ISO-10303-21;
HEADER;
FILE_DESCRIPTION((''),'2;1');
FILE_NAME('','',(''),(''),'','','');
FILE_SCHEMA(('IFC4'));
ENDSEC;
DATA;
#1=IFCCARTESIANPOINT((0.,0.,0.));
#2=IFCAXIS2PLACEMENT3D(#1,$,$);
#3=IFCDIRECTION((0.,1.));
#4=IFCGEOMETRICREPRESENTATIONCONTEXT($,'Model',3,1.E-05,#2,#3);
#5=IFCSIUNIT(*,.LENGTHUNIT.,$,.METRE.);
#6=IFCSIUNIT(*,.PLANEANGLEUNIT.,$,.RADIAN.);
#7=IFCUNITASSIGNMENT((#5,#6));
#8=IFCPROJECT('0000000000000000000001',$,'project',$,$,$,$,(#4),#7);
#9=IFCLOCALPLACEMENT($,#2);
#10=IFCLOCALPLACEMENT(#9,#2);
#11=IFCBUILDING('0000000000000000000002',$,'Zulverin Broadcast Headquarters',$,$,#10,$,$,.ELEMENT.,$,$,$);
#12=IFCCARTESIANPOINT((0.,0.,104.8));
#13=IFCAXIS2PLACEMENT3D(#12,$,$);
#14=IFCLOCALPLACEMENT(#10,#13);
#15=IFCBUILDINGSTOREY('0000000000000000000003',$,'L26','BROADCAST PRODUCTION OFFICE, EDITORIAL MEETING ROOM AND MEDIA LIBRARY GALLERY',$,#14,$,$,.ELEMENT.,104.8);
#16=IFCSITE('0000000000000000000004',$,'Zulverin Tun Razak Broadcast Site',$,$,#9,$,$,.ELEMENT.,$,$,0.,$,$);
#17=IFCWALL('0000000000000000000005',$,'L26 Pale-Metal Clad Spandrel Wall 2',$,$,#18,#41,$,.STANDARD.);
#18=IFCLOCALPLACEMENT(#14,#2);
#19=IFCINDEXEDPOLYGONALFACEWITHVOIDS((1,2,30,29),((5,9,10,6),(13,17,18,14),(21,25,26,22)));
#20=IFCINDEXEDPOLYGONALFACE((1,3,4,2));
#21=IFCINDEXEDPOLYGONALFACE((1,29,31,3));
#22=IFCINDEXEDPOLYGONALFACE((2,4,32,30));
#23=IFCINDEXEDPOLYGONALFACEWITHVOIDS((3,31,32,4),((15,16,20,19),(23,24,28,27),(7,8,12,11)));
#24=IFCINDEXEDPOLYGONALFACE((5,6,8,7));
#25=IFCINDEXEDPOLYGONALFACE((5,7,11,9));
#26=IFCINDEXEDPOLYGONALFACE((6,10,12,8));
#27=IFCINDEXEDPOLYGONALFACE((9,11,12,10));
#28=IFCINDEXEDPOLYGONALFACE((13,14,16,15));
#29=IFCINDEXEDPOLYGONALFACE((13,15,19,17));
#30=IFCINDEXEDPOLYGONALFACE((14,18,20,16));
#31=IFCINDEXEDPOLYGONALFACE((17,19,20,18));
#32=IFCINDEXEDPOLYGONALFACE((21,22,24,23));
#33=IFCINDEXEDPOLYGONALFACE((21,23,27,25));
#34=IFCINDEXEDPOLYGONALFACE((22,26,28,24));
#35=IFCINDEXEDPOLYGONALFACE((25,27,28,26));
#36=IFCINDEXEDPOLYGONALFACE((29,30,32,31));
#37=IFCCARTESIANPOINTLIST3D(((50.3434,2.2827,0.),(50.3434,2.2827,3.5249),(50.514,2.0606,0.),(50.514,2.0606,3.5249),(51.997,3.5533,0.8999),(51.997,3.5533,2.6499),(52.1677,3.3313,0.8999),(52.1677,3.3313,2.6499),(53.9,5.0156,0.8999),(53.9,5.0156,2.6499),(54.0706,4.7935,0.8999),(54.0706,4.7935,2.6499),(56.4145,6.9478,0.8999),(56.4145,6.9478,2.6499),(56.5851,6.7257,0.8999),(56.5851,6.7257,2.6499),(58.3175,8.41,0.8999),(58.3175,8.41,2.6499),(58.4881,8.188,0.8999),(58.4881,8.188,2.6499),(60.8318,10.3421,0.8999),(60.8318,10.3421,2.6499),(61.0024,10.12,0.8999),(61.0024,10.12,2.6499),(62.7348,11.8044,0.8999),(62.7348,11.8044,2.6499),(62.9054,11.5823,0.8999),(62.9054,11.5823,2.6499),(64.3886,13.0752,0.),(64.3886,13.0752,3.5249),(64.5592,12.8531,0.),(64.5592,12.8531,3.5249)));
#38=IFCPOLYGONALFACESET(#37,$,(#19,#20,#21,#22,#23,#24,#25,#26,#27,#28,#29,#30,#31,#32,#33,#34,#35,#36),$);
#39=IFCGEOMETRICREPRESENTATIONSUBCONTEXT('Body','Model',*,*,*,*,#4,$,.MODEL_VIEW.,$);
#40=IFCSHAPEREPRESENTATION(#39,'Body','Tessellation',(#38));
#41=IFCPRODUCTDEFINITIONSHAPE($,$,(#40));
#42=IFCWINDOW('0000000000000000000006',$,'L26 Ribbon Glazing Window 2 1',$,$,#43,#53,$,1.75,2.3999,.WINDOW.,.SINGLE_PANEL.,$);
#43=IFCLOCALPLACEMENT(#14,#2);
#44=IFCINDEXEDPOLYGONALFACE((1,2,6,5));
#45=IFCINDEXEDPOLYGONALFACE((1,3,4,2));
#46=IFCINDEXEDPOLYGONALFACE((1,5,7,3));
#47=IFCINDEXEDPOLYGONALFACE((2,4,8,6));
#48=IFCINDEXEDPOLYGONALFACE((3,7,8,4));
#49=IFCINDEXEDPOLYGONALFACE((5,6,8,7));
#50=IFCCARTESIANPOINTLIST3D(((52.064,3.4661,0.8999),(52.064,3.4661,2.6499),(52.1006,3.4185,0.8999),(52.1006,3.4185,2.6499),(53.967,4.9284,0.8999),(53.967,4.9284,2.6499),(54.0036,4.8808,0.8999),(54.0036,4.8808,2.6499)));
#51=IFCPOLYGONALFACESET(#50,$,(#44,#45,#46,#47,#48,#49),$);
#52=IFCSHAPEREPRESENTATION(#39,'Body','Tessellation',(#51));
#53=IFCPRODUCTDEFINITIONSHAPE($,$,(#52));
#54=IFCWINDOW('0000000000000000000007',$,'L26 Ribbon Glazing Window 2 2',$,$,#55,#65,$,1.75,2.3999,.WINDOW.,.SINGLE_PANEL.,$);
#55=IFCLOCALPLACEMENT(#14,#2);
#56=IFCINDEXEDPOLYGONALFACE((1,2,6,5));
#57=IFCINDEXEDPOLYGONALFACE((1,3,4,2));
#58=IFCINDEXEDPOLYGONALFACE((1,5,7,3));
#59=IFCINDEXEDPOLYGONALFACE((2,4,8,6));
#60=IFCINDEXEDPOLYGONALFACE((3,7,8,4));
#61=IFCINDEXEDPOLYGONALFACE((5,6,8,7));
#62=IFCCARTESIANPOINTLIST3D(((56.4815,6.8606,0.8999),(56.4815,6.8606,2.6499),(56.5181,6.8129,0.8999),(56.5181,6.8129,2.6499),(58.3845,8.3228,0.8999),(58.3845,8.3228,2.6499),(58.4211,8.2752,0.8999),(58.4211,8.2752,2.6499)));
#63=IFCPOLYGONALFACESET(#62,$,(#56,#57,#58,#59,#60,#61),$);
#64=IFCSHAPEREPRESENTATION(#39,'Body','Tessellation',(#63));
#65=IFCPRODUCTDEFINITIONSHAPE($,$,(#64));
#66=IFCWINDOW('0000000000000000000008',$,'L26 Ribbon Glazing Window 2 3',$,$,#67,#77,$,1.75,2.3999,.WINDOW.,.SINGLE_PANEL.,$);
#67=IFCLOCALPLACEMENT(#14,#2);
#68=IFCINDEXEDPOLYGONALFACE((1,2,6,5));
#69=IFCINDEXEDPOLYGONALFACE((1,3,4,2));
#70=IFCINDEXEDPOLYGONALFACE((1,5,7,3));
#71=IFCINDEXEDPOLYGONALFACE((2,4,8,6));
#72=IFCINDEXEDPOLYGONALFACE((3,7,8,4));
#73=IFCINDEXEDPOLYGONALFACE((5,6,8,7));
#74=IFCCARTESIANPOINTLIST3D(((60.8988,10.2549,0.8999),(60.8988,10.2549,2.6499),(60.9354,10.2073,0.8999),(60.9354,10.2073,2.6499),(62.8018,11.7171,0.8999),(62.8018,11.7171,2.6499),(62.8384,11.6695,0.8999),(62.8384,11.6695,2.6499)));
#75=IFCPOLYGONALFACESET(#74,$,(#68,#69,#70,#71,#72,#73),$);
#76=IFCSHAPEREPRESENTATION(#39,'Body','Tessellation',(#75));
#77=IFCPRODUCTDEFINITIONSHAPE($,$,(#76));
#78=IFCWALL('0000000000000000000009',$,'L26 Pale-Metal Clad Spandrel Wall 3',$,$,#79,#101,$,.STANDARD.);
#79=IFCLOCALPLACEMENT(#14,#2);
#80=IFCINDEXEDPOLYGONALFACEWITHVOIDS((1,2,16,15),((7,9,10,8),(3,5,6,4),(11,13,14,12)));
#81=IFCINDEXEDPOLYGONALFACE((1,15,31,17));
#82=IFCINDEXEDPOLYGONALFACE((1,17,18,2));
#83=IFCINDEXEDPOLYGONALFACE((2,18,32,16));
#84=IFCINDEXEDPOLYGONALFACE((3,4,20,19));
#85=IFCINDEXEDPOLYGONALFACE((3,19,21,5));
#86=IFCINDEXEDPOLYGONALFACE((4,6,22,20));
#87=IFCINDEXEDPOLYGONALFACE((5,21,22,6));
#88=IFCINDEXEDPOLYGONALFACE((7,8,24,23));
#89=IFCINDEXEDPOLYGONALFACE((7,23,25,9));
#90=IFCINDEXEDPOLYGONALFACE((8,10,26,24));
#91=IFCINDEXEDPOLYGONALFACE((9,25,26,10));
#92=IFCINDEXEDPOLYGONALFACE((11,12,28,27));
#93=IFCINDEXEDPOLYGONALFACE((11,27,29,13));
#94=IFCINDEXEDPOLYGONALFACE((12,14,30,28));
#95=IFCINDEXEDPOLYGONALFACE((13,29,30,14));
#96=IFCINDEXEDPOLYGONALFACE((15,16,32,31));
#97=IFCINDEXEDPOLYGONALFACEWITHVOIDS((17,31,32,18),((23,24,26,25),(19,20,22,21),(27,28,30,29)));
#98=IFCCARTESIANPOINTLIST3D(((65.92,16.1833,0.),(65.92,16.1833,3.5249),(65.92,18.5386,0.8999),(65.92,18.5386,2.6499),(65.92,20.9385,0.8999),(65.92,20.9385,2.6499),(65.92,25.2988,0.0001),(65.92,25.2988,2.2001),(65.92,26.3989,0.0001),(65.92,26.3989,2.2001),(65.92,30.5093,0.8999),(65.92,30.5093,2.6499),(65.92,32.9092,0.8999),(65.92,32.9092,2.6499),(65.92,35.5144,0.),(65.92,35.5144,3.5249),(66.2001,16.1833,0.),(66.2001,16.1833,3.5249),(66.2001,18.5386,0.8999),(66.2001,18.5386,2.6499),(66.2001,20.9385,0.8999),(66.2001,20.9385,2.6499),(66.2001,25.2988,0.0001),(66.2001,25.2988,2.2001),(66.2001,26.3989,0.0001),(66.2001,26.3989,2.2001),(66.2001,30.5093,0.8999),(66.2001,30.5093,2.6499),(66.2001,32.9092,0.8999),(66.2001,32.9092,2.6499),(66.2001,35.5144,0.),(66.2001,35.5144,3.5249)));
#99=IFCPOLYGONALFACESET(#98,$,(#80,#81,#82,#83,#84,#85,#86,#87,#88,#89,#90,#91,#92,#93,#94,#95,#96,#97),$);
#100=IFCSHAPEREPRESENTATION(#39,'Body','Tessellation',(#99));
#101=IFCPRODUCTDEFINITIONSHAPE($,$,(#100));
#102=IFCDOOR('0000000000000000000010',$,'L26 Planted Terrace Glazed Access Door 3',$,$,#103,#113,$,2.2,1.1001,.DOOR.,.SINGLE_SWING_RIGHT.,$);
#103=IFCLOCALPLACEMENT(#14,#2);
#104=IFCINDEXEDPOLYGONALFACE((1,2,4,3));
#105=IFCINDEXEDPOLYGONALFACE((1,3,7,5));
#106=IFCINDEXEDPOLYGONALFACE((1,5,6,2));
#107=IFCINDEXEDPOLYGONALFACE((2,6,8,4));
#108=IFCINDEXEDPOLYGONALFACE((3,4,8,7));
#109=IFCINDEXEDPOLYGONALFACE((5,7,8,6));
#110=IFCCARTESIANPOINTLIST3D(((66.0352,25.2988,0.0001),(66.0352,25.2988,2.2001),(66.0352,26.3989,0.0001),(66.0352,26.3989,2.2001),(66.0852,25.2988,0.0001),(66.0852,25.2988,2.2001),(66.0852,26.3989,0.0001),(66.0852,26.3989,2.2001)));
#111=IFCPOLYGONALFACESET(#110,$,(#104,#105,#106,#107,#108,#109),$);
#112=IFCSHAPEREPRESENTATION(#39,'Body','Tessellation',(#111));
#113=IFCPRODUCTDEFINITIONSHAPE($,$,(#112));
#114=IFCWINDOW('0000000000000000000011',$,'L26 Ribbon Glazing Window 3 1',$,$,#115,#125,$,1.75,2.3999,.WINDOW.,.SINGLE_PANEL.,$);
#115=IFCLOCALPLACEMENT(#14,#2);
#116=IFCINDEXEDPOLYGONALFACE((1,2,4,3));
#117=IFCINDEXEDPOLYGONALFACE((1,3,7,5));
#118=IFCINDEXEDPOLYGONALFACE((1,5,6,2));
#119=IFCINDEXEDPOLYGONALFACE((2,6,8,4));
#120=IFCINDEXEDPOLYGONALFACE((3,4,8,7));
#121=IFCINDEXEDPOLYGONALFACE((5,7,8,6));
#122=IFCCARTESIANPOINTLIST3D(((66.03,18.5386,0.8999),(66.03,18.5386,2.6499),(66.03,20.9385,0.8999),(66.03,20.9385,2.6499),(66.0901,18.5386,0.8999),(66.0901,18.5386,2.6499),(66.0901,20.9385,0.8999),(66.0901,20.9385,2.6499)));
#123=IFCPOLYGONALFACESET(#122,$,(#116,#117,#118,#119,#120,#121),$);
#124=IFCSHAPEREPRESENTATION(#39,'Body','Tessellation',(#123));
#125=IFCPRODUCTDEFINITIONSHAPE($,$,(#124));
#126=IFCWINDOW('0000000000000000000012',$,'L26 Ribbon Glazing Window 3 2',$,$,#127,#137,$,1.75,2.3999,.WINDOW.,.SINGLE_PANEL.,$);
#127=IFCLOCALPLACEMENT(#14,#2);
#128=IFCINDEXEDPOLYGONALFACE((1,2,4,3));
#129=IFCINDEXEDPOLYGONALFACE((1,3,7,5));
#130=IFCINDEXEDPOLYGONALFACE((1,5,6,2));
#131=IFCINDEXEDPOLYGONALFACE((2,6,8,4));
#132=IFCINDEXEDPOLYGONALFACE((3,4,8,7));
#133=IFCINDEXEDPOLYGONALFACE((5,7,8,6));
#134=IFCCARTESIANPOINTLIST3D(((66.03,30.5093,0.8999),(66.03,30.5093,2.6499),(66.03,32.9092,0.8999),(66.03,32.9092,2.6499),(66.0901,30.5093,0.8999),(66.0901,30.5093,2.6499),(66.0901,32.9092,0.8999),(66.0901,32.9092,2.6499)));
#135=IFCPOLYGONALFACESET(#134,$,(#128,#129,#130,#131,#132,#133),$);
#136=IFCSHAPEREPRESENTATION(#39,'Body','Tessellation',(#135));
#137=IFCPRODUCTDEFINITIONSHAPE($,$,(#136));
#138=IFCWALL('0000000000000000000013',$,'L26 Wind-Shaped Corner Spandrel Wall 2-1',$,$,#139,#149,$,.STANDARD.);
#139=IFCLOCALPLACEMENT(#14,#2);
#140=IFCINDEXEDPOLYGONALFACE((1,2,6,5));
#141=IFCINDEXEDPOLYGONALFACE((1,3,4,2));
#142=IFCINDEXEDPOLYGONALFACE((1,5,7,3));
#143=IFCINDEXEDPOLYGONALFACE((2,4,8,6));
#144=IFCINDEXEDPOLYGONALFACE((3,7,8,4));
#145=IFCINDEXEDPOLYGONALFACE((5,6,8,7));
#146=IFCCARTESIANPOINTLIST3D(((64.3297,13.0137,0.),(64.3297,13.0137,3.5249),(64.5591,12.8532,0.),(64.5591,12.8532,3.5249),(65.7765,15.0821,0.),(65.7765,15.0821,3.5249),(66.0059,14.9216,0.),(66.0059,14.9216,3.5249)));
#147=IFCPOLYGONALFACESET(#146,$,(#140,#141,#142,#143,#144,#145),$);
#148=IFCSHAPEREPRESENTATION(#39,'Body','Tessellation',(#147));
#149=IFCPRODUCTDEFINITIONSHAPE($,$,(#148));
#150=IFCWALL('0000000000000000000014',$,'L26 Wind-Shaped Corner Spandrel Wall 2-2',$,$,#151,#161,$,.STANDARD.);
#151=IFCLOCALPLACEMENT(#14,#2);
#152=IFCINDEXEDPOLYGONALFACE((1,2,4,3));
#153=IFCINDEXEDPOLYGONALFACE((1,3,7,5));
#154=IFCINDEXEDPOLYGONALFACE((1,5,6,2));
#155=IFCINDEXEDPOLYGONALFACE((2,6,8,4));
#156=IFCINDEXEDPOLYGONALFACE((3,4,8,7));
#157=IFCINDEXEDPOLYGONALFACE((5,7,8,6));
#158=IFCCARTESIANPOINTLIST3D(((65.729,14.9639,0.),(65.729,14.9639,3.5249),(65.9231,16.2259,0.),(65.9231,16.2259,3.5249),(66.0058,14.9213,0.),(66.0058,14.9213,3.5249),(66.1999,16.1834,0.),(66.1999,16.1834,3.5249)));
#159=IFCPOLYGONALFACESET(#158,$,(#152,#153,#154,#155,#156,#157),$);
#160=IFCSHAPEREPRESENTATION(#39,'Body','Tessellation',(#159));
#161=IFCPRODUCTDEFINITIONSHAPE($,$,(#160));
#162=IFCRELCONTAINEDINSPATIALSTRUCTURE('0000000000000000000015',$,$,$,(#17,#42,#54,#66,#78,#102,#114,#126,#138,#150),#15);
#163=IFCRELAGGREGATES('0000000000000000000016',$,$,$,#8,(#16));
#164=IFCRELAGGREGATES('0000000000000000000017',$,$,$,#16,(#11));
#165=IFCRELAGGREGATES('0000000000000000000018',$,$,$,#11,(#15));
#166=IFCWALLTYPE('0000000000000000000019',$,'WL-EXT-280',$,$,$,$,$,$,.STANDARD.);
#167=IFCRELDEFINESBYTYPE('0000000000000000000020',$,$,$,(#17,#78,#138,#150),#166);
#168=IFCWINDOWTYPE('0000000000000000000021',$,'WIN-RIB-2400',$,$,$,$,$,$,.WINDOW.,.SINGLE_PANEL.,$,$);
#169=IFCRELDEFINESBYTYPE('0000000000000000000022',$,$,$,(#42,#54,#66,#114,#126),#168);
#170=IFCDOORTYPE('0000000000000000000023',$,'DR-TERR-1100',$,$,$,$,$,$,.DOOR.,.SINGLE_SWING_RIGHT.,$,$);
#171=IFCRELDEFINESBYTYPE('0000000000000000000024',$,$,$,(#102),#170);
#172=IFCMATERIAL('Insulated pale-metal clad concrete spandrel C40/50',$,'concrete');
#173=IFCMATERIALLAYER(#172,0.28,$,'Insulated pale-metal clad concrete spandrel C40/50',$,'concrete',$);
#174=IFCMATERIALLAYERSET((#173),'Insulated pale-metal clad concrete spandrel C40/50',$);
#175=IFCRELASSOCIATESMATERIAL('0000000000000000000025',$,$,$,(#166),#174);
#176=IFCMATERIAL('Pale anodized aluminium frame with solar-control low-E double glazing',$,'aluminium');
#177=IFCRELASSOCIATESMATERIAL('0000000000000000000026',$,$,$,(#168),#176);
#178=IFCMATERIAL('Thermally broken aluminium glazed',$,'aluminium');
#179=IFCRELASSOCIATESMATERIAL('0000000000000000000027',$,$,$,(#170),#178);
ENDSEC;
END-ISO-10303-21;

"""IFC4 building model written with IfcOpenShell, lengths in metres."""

from ifc_helpers import new_model, si_unit, direction, frame, frame_2d, origin, place, context, subcontext, project, spatial, rectangle, extrude, material, layer, layer_set, type_object, element, fill, save


model = new_model("IFC4")

# Units and contexts
model_context = context("Model", 3, precision=1e-05, world=origin(), true_north=direction((0.0, 1.0)))
body_context = subcontext(model_context, "Body", "Model", "MODEL_VIEW")
ifc_project = project(units=[si_unit("LENGTHUNIT", "METRE"), si_unit("PLANEANGLEUNIT", "RADIAN")], contexts=[model_context])

# Site, building, storey
site_placement = place(None, origin())
site = spatial("IfcSite", under=ifc_project, at=site_placement, Name="Zulverin Tun Razak Broadcast Site", CompositionType="ELEMENT", RefElevation=0.0)
building_placement = place(site_placement, origin())
building = spatial("IfcBuilding", under=site, at=building_placement, Name="Zulverin Broadcast Headquarters", CompositionType="ELEMENT")
storey_placement = place(building_placement, frame((0.0, 0.0, 104.8)))
storey = spatial("IfcBuildingStorey", under=building, at=storey_placement, Name="L26", Description="BROADCAST PRODUCTION OFFICE, EDITORIAL MEETING ROOM AND MEDIA LIBRARY GALLERY", CompositionType="ELEMENT", Elevation=104.8)

# Wall, openings, windows
ifc_material_1 = material(Name="Insulated pale-metal clad concrete spandrel C40/50", Category="concrete")
ifc_layer_1 = layer(ifc_material_1, 0.28, Name="Insulated pale-metal clad concrete spandrel C40/50", Category="concrete")
ifc_layer_set_1 = layer_set([ifc_layer_1], Name="Insulated pale-metal clad concrete spandrel C40/50")
wall_type_1 = type_object("IfcWallType", Name="WL-EXT-280", PredefinedType="STANDARD", material=ifc_layer_set_1)
wall_1_placement = place(storey_placement, frame((50.4287, 2.1716, 0.0), z_axis=(0.0, 0.0, 1.0), x_axis=(0.792937, 0.609303, 0.0)))
wall_1 = element("IfcWall", 1, at=wall_1_placement, inside=storey, type_object=wall_type_1, Name="L26 Pale-Metal Clad Spandrel Wall 2", PredefinedType="STANDARD", context=body_context, shape_type="SweptSolid", body=[
    extrude(rectangle(XDim=17.7129, YDim=0.28, at=frame_2d((8.8564, 0.0))), origin(), (0.0, 0.0, 1.0), 3.5249),
])
opening_1_placement = place(wall_1_placement, frame((2.0854, 0.0, 0.8999)))
opening_1 = element("IfcOpeningElement", 2, at=opening_1_placement, cuts=wall_1, PredefinedType="OPENING", context=body_context, shape_type="SweptSolid", body=[
    extrude(rectangle(XDim=2.3999, YDim=1.75, at=frame_2d((1.2, 0.875))), frame((0.0, 0.1499, 0.0), z_axis=(0.0, -1.0, 0.0), x_axis=(1.0, 0.0, 0.0)), (0.0, 0.0, 1.0), 0.3),
])
opening_2_placement = place(wall_1_placement, frame((7.6565, 0.0, 0.8999)))
opening_2 = element("IfcOpeningElement", 3, at=opening_2_placement, cuts=wall_1, PredefinedType="OPENING", context=body_context, shape_type="SweptSolid", body=[
    extrude(rectangle(XDim=2.3999, YDim=1.75, at=frame_2d((1.2, 0.875))), frame((0.0, 0.1499, 0.0), z_axis=(0.0, -1.0, 0.0), x_axis=(1.0, 0.0, 0.0)), (0.0, 0.0, 1.0), 0.3),
])
opening_3_placement = place(wall_1_placement, frame((13.2273, 0.0, 0.8999)))
opening_3 = element("IfcOpeningElement", 4, at=opening_3_placement, cuts=wall_1, PredefinedType="OPENING", context=body_context, shape_type="SweptSolid", body=[
    extrude(rectangle(XDim=2.3999, YDim=1.75, at=frame_2d((1.2, 0.875))), frame((0.0, 0.1499, 0.0), z_axis=(0.0, -1.0, 0.0), x_axis=(1.0, 0.0, 0.0)), (0.0, 0.0, 1.0), 0.3),
])
ifc_material_2 = material(Name="Pale anodized aluminium frame with solar-control low-E double glazing", Category="aluminium")
window_type = type_object("IfcWindowType", Name="WIN-RIB-2400", PartitioningType="SINGLE_PANEL", PredefinedType="WINDOW", material=ifc_material_2)
window_1_placement = place(opening_1_placement, origin())
window_1 = element("IfcWindow", 5, at=window_1_placement, inside=storey, type_object=window_type, Name="L26 Ribbon Glazing Window 2 1", OverallHeight=1.75, OverallWidth=2.3999, PartitioningType="SINGLE_PANEL", PredefinedType="WINDOW", context=body_context, shape_type="SweptSolid", body=[
    extrude(rectangle(XDim=2.3999, YDim=1.75, at=frame_2d((1.2, 0.875))), frame((0.0, 0.03, 0.0), z_axis=(0.0, -1.0, 0.0), x_axis=(1.0, 0.0, 0.0)), (0.0, 0.0, 1.0), 0.0601),
])
fill(opening_1, window_1)
window_2_placement = place(opening_2_placement, origin())
window_2 = element("IfcWindow", 6, at=window_2_placement, inside=storey, type_object=window_type, Name="L26 Ribbon Glazing Window 2 2", OverallHeight=1.75, OverallWidth=2.3999, PartitioningType="SINGLE_PANEL", PredefinedType="WINDOW", context=body_context, shape_type="SweptSolid", body=[
    extrude(rectangle(XDim=2.3999, YDim=1.75, at=frame_2d((1.2, 0.875))), frame((0.0, 0.03, 0.0), z_axis=(0.0, -1.0, 0.0), x_axis=(1.0, 0.0, 0.0)), (0.0, 0.0, 1.0), 0.0601),
])
fill(opening_2, window_2)
window_3_placement = place(opening_3_placement, origin())
window_3 = element("IfcWindow", 7, at=window_3_placement, inside=storey, type_object=window_type, Name="L26 Ribbon Glazing Window 2 3", OverallHeight=1.75, OverallWidth=2.3999, PartitioningType="SINGLE_PANEL", PredefinedType="WINDOW", context=body_context, shape_type="SweptSolid", body=[
    extrude(rectangle(XDim=2.3999, YDim=1.75, at=frame_2d((1.2, 0.875))), frame((0.0, 0.03, 0.0), z_axis=(0.0, -1.0, 0.0), x_axis=(1.0, 0.0, 0.0)), (0.0, 0.0, 1.0), 0.0601),
])
fill(opening_3, window_3)

# Wall, openings, door, windows
wall_2_placement = place(storey_placement, frame((66.0601, 16.1833, 0.0), z_axis=(0.0, 0.0, 1.0), x_axis=(0.0, 1.0, 0.0)))
wall_2 = element("IfcWall", 8, at=wall_2_placement, inside=storey, type_object=wall_type_1, Name="L26 Pale-Metal Clad Spandrel Wall 3", PredefinedType="STANDARD", context=body_context, shape_type="SweptSolid", body=[
    extrude(rectangle(XDim=19.3311, YDim=0.28, at=frame_2d((9.6655, 0.0))), origin(), (0.0, 0.0, 1.0), 3.5249),
])
opening_4_placement = place(wall_2_placement, frame((9.1155, 0.0, 0.0)))
opening_4 = element("IfcOpeningElement", 9, at=opening_4_placement, cuts=wall_2, PredefinedType="OPENING", context=body_context, shape_type="SweptSolid", body=[
    extrude(rectangle(XDim=1.1001, YDim=2.2, at=frame_2d((0.55, 1.1001))), frame((0.0, 0.1499, 0.0), z_axis=(0.0, -1.0, 0.0), x_axis=(1.0, 0.0, 0.0)), (0.0, 0.0, 1.0), 0.3),
])
opening_5_placement = place(wall_2_placement, frame((2.3552, 0.0, 0.8999)))
opening_5 = element("IfcOpeningElement", 10, at=opening_5_placement, cuts=wall_2, PredefinedType="OPENING", context=body_context, shape_type="SweptSolid", body=[
    extrude(rectangle(XDim=2.3999, YDim=1.75, at=frame_2d((1.2, 0.875))), frame((0.0, 0.1499, 0.0), z_axis=(0.0, -1.0, 0.0), x_axis=(1.0, 0.0, 0.0)), (0.0, 0.0, 1.0), 0.3),
])
opening_6_placement = place(wall_2_placement, frame((14.3259, 0.0, 0.8999)))
opening_6 = element("IfcOpeningElement", 11, at=opening_6_placement, cuts=wall_2, PredefinedType="OPENING", context=body_context, shape_type="SweptSolid", body=[
    extrude(rectangle(XDim=2.3999, YDim=1.75, at=frame_2d((1.2, 0.875))), frame((0.0, 0.1499, 0.0), z_axis=(0.0, -1.0, 0.0), x_axis=(1.0, 0.0, 0.0)), (0.0, 0.0, 1.0), 0.3),
])
ifc_material_3 = material(Name="Thermally broken aluminium glazed", Category="aluminium")
door_type = type_object("IfcDoorType", Name="DR-TERR-1100", OperationType="SINGLE_SWING_RIGHT", PredefinedType="DOOR", material=ifc_material_3)
door_placement = place(opening_4_placement, origin())
door = element("IfcDoor", 12, at=door_placement, inside=storey, type_object=door_type, Name="L26 Planted Terrace Glazed Access Door 3", OperationType="SINGLE_SWING_RIGHT", OverallHeight=2.2, OverallWidth=1.1001, PredefinedType="DOOR", context=body_context, shape_type="SweptSolid", body=[
    extrude(rectangle(XDim=1.1001, YDim=2.2, at=frame_2d((0.55, 1.1001))), frame((0.0, 0.0249, 0.0), z_axis=(0.0, -1.0, 0.0), x_axis=(1.0, 0.0, 0.0)), (0.0, 0.0, 1.0), 0.05),
])
fill(opening_4, door)
window_4_placement = place(opening_5_placement, origin())
window_4 = element("IfcWindow", 13, at=window_4_placement, inside=storey, type_object=window_type, Name="L26 Ribbon Glazing Window 3 1", OverallHeight=1.75, OverallWidth=2.3999, PartitioningType="SINGLE_PANEL", PredefinedType="WINDOW", context=body_context, shape_type="SweptSolid", body=[
    extrude(rectangle(XDim=2.3999, YDim=1.75, at=frame_2d((1.2, 0.875))), frame((0.0, 0.03, 0.0), z_axis=(0.0, -1.0, 0.0), x_axis=(1.0, 0.0, 0.0)), (0.0, 0.0, 1.0), 0.0601),
])
fill(opening_5, window_4)
window_5_placement = place(opening_6_placement, origin())
window_5 = element("IfcWindow", 14, at=window_5_placement, inside=storey, type_object=window_type, Name="L26 Ribbon Glazing Window 3 2", OverallHeight=1.75, OverallWidth=2.3999, PartitioningType="SINGLE_PANEL", PredefinedType="WINDOW", context=body_context, shape_type="SweptSolid", body=[
    extrude(rectangle(XDim=2.3999, YDim=1.75, at=frame_2d((1.2, 0.875))), frame((0.0, 0.03, 0.0), z_axis=(0.0, -1.0, 0.0), x_axis=(1.0, 0.0, 0.0)), (0.0, 0.0, 1.0), 0.0601),
])
fill(opening_6, window_5)

# Walls
wall_3_placement = place(storey_placement, frame((64.4443, 12.9333, 0.0), z_axis=(0.0, 0.0, 1.0), x_axis=(0.573177, 0.819432, 0.0)))
element("IfcWall", 15, at=wall_3_placement, inside=storey, type_object=wall_type_1, Name="L26 Wind-Shaped Corner Spandrel Wall 2-1", PredefinedType="STANDARD", context=body_context, shape_type="SweptSolid", body=[
    extrude(rectangle(XDim=2.5242, YDim=0.28, at=frame_2d((1.2622, 0.0))), origin(), (0.0, 0.0, 1.0), 3.5249),
])
wall_4_placement = place(storey_placement, frame((65.8674, 14.9426, 0.0), z_axis=(0.0, 0.0, 1.0), x_axis=(0.152014, 0.988378, 0.0)))
element("IfcWall", 16, at=wall_4_placement, inside=storey, type_object=wall_type_1, Name="L26 Wind-Shaped Corner Spandrel Wall 2-2", PredefinedType="STANDARD", context=body_context, shape_type="SweptSolid", body=[
    extrude(rectangle(XDim=1.2769, YDim=0.28, at=frame_2d((0.6384, 0.0))), origin(), (0.0, 0.0, 1.0), 3.5249),
])

save(model, "model.ifc")
